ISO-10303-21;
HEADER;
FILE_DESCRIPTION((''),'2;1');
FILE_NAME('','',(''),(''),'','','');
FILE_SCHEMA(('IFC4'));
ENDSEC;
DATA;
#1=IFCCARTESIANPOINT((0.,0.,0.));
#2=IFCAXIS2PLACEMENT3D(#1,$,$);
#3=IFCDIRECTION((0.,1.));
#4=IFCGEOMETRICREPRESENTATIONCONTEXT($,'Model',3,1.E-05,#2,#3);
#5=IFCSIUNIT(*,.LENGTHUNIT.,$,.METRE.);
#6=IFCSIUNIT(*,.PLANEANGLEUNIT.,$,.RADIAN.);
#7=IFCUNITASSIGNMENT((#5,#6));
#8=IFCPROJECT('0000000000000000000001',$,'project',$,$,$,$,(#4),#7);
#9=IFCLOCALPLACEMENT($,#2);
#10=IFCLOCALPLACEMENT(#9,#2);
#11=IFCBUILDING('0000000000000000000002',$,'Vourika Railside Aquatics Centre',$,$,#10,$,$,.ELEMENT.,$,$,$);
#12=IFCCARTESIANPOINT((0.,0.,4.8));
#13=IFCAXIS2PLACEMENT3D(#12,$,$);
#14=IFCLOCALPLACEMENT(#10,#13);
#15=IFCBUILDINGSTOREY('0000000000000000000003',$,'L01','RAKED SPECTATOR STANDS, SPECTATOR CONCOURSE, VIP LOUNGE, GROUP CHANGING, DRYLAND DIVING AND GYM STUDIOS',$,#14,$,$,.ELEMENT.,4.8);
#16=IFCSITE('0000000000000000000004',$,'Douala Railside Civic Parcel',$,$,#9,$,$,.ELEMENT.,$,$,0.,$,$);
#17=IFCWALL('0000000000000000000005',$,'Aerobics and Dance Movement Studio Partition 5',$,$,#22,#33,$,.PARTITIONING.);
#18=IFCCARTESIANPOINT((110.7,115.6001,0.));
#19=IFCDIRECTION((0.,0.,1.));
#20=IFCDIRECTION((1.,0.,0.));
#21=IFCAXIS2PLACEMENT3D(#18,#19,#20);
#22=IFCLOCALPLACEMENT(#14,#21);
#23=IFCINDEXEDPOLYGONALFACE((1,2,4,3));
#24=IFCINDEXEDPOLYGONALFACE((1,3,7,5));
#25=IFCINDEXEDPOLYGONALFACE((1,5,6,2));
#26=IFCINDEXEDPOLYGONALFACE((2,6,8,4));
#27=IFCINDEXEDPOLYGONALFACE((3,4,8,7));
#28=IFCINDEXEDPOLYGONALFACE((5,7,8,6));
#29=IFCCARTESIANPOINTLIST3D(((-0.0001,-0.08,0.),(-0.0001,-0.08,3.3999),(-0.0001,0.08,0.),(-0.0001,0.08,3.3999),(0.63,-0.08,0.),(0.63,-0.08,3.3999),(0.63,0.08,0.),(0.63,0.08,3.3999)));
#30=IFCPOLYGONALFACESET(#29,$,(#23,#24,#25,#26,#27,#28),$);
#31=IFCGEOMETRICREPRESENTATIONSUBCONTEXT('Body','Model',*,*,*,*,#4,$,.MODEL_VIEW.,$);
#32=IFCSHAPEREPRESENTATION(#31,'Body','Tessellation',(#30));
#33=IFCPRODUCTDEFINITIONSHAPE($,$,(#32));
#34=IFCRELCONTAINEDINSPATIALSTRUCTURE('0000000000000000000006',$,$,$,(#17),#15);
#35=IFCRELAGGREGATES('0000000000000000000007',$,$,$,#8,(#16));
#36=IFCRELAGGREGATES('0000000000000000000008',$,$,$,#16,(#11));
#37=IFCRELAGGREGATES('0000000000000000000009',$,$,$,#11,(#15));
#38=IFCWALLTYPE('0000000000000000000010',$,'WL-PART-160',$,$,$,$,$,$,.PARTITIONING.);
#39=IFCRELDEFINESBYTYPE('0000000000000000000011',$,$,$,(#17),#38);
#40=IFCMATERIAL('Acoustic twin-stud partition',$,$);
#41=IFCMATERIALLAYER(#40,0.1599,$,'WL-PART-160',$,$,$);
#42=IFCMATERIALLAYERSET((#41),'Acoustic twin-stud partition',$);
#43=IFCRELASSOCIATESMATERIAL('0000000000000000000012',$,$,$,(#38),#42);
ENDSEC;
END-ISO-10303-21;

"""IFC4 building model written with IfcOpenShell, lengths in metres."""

from ifc_helpers import new_model, si_unit, direction, frame, frame_2d, origin, place, context, subcontext, project, spatial, rectangle, extrude, material, layer, layer_set, type_object, element, save


model = new_model("IFC4")

# Units and contexts
model_context = context("Model", 3, precision=1e-05, world=origin(), true_north=direction((0.0, 1.0)))
body_context = subcontext(model_context, "Body", "Model", "MODEL_VIEW")
ifc_project = project(units=[si_unit("LENGTHUNIT", "METRE"), si_unit("PLANEANGLEUNIT", "RADIAN")], contexts=[model_context])

# Site, building, storey
site_placement = place(None, origin())
site = spatial("IfcSite", under=ifc_project, at=site_placement, Name="Douala Railside Civic Parcel", CompositionType="ELEMENT", RefElevation=0.0)
building_placement = place(site_placement, origin())
building = spatial("IfcBuilding", under=site, at=building_placement, Name="Vourika Railside Aquatics Centre", CompositionType="ELEMENT")
storey_placement = place(building_placement, frame((0.0, 0.0, 4.8)))
storey = spatial("IfcBuildingStorey", under=building, at=storey_placement, Name="L01", Description="RAKED SPECTATOR STANDS, SPECTATOR CONCOURSE, VIP LOUNGE, GROUP CHANGING, DRYLAND DIVING AND GYM STUDIOS", CompositionType="ELEMENT", Elevation=4.8)

# Wall
ifc_material_1 = material(Name="Acoustic twin-stud partition")
ifc_layer_1 = layer(ifc_material_1, 0.1599, Name="WL-PART-160")
ifc_layer_set_1 = layer_set([ifc_layer_1], Name="Acoustic twin-stud partition")
wall_type = type_object("IfcWallType", Name="WL-PART-160", PredefinedType="PARTITIONING", material=ifc_layer_set_1)
for number, where, z_axis, x_axis, name in (
    (1, (110.7, 115.6001, 0.0), (0.0, 0.0, 1.0), (1.0, 0.0, 0.0), "Aerobics and Dance Movement Studio Partition 5"),
):
    element("IfcWall", number, at=place(storey_placement, frame(where, z_axis=z_axis, x_axis=x_axis)), inside=storey, type_object=wall_type, Name=name, PredefinedType="PARTITIONING", context=body_context, shape_type="SweptSolid", body=[
        extrude(rectangle(XDim=0.6301, YDim=0.1599, at=frame_2d((0.3149, 0.0))), origin(), (0.0, 0.0, 1.0), 3.3999),
    ])

save(model, "model.ifc")
